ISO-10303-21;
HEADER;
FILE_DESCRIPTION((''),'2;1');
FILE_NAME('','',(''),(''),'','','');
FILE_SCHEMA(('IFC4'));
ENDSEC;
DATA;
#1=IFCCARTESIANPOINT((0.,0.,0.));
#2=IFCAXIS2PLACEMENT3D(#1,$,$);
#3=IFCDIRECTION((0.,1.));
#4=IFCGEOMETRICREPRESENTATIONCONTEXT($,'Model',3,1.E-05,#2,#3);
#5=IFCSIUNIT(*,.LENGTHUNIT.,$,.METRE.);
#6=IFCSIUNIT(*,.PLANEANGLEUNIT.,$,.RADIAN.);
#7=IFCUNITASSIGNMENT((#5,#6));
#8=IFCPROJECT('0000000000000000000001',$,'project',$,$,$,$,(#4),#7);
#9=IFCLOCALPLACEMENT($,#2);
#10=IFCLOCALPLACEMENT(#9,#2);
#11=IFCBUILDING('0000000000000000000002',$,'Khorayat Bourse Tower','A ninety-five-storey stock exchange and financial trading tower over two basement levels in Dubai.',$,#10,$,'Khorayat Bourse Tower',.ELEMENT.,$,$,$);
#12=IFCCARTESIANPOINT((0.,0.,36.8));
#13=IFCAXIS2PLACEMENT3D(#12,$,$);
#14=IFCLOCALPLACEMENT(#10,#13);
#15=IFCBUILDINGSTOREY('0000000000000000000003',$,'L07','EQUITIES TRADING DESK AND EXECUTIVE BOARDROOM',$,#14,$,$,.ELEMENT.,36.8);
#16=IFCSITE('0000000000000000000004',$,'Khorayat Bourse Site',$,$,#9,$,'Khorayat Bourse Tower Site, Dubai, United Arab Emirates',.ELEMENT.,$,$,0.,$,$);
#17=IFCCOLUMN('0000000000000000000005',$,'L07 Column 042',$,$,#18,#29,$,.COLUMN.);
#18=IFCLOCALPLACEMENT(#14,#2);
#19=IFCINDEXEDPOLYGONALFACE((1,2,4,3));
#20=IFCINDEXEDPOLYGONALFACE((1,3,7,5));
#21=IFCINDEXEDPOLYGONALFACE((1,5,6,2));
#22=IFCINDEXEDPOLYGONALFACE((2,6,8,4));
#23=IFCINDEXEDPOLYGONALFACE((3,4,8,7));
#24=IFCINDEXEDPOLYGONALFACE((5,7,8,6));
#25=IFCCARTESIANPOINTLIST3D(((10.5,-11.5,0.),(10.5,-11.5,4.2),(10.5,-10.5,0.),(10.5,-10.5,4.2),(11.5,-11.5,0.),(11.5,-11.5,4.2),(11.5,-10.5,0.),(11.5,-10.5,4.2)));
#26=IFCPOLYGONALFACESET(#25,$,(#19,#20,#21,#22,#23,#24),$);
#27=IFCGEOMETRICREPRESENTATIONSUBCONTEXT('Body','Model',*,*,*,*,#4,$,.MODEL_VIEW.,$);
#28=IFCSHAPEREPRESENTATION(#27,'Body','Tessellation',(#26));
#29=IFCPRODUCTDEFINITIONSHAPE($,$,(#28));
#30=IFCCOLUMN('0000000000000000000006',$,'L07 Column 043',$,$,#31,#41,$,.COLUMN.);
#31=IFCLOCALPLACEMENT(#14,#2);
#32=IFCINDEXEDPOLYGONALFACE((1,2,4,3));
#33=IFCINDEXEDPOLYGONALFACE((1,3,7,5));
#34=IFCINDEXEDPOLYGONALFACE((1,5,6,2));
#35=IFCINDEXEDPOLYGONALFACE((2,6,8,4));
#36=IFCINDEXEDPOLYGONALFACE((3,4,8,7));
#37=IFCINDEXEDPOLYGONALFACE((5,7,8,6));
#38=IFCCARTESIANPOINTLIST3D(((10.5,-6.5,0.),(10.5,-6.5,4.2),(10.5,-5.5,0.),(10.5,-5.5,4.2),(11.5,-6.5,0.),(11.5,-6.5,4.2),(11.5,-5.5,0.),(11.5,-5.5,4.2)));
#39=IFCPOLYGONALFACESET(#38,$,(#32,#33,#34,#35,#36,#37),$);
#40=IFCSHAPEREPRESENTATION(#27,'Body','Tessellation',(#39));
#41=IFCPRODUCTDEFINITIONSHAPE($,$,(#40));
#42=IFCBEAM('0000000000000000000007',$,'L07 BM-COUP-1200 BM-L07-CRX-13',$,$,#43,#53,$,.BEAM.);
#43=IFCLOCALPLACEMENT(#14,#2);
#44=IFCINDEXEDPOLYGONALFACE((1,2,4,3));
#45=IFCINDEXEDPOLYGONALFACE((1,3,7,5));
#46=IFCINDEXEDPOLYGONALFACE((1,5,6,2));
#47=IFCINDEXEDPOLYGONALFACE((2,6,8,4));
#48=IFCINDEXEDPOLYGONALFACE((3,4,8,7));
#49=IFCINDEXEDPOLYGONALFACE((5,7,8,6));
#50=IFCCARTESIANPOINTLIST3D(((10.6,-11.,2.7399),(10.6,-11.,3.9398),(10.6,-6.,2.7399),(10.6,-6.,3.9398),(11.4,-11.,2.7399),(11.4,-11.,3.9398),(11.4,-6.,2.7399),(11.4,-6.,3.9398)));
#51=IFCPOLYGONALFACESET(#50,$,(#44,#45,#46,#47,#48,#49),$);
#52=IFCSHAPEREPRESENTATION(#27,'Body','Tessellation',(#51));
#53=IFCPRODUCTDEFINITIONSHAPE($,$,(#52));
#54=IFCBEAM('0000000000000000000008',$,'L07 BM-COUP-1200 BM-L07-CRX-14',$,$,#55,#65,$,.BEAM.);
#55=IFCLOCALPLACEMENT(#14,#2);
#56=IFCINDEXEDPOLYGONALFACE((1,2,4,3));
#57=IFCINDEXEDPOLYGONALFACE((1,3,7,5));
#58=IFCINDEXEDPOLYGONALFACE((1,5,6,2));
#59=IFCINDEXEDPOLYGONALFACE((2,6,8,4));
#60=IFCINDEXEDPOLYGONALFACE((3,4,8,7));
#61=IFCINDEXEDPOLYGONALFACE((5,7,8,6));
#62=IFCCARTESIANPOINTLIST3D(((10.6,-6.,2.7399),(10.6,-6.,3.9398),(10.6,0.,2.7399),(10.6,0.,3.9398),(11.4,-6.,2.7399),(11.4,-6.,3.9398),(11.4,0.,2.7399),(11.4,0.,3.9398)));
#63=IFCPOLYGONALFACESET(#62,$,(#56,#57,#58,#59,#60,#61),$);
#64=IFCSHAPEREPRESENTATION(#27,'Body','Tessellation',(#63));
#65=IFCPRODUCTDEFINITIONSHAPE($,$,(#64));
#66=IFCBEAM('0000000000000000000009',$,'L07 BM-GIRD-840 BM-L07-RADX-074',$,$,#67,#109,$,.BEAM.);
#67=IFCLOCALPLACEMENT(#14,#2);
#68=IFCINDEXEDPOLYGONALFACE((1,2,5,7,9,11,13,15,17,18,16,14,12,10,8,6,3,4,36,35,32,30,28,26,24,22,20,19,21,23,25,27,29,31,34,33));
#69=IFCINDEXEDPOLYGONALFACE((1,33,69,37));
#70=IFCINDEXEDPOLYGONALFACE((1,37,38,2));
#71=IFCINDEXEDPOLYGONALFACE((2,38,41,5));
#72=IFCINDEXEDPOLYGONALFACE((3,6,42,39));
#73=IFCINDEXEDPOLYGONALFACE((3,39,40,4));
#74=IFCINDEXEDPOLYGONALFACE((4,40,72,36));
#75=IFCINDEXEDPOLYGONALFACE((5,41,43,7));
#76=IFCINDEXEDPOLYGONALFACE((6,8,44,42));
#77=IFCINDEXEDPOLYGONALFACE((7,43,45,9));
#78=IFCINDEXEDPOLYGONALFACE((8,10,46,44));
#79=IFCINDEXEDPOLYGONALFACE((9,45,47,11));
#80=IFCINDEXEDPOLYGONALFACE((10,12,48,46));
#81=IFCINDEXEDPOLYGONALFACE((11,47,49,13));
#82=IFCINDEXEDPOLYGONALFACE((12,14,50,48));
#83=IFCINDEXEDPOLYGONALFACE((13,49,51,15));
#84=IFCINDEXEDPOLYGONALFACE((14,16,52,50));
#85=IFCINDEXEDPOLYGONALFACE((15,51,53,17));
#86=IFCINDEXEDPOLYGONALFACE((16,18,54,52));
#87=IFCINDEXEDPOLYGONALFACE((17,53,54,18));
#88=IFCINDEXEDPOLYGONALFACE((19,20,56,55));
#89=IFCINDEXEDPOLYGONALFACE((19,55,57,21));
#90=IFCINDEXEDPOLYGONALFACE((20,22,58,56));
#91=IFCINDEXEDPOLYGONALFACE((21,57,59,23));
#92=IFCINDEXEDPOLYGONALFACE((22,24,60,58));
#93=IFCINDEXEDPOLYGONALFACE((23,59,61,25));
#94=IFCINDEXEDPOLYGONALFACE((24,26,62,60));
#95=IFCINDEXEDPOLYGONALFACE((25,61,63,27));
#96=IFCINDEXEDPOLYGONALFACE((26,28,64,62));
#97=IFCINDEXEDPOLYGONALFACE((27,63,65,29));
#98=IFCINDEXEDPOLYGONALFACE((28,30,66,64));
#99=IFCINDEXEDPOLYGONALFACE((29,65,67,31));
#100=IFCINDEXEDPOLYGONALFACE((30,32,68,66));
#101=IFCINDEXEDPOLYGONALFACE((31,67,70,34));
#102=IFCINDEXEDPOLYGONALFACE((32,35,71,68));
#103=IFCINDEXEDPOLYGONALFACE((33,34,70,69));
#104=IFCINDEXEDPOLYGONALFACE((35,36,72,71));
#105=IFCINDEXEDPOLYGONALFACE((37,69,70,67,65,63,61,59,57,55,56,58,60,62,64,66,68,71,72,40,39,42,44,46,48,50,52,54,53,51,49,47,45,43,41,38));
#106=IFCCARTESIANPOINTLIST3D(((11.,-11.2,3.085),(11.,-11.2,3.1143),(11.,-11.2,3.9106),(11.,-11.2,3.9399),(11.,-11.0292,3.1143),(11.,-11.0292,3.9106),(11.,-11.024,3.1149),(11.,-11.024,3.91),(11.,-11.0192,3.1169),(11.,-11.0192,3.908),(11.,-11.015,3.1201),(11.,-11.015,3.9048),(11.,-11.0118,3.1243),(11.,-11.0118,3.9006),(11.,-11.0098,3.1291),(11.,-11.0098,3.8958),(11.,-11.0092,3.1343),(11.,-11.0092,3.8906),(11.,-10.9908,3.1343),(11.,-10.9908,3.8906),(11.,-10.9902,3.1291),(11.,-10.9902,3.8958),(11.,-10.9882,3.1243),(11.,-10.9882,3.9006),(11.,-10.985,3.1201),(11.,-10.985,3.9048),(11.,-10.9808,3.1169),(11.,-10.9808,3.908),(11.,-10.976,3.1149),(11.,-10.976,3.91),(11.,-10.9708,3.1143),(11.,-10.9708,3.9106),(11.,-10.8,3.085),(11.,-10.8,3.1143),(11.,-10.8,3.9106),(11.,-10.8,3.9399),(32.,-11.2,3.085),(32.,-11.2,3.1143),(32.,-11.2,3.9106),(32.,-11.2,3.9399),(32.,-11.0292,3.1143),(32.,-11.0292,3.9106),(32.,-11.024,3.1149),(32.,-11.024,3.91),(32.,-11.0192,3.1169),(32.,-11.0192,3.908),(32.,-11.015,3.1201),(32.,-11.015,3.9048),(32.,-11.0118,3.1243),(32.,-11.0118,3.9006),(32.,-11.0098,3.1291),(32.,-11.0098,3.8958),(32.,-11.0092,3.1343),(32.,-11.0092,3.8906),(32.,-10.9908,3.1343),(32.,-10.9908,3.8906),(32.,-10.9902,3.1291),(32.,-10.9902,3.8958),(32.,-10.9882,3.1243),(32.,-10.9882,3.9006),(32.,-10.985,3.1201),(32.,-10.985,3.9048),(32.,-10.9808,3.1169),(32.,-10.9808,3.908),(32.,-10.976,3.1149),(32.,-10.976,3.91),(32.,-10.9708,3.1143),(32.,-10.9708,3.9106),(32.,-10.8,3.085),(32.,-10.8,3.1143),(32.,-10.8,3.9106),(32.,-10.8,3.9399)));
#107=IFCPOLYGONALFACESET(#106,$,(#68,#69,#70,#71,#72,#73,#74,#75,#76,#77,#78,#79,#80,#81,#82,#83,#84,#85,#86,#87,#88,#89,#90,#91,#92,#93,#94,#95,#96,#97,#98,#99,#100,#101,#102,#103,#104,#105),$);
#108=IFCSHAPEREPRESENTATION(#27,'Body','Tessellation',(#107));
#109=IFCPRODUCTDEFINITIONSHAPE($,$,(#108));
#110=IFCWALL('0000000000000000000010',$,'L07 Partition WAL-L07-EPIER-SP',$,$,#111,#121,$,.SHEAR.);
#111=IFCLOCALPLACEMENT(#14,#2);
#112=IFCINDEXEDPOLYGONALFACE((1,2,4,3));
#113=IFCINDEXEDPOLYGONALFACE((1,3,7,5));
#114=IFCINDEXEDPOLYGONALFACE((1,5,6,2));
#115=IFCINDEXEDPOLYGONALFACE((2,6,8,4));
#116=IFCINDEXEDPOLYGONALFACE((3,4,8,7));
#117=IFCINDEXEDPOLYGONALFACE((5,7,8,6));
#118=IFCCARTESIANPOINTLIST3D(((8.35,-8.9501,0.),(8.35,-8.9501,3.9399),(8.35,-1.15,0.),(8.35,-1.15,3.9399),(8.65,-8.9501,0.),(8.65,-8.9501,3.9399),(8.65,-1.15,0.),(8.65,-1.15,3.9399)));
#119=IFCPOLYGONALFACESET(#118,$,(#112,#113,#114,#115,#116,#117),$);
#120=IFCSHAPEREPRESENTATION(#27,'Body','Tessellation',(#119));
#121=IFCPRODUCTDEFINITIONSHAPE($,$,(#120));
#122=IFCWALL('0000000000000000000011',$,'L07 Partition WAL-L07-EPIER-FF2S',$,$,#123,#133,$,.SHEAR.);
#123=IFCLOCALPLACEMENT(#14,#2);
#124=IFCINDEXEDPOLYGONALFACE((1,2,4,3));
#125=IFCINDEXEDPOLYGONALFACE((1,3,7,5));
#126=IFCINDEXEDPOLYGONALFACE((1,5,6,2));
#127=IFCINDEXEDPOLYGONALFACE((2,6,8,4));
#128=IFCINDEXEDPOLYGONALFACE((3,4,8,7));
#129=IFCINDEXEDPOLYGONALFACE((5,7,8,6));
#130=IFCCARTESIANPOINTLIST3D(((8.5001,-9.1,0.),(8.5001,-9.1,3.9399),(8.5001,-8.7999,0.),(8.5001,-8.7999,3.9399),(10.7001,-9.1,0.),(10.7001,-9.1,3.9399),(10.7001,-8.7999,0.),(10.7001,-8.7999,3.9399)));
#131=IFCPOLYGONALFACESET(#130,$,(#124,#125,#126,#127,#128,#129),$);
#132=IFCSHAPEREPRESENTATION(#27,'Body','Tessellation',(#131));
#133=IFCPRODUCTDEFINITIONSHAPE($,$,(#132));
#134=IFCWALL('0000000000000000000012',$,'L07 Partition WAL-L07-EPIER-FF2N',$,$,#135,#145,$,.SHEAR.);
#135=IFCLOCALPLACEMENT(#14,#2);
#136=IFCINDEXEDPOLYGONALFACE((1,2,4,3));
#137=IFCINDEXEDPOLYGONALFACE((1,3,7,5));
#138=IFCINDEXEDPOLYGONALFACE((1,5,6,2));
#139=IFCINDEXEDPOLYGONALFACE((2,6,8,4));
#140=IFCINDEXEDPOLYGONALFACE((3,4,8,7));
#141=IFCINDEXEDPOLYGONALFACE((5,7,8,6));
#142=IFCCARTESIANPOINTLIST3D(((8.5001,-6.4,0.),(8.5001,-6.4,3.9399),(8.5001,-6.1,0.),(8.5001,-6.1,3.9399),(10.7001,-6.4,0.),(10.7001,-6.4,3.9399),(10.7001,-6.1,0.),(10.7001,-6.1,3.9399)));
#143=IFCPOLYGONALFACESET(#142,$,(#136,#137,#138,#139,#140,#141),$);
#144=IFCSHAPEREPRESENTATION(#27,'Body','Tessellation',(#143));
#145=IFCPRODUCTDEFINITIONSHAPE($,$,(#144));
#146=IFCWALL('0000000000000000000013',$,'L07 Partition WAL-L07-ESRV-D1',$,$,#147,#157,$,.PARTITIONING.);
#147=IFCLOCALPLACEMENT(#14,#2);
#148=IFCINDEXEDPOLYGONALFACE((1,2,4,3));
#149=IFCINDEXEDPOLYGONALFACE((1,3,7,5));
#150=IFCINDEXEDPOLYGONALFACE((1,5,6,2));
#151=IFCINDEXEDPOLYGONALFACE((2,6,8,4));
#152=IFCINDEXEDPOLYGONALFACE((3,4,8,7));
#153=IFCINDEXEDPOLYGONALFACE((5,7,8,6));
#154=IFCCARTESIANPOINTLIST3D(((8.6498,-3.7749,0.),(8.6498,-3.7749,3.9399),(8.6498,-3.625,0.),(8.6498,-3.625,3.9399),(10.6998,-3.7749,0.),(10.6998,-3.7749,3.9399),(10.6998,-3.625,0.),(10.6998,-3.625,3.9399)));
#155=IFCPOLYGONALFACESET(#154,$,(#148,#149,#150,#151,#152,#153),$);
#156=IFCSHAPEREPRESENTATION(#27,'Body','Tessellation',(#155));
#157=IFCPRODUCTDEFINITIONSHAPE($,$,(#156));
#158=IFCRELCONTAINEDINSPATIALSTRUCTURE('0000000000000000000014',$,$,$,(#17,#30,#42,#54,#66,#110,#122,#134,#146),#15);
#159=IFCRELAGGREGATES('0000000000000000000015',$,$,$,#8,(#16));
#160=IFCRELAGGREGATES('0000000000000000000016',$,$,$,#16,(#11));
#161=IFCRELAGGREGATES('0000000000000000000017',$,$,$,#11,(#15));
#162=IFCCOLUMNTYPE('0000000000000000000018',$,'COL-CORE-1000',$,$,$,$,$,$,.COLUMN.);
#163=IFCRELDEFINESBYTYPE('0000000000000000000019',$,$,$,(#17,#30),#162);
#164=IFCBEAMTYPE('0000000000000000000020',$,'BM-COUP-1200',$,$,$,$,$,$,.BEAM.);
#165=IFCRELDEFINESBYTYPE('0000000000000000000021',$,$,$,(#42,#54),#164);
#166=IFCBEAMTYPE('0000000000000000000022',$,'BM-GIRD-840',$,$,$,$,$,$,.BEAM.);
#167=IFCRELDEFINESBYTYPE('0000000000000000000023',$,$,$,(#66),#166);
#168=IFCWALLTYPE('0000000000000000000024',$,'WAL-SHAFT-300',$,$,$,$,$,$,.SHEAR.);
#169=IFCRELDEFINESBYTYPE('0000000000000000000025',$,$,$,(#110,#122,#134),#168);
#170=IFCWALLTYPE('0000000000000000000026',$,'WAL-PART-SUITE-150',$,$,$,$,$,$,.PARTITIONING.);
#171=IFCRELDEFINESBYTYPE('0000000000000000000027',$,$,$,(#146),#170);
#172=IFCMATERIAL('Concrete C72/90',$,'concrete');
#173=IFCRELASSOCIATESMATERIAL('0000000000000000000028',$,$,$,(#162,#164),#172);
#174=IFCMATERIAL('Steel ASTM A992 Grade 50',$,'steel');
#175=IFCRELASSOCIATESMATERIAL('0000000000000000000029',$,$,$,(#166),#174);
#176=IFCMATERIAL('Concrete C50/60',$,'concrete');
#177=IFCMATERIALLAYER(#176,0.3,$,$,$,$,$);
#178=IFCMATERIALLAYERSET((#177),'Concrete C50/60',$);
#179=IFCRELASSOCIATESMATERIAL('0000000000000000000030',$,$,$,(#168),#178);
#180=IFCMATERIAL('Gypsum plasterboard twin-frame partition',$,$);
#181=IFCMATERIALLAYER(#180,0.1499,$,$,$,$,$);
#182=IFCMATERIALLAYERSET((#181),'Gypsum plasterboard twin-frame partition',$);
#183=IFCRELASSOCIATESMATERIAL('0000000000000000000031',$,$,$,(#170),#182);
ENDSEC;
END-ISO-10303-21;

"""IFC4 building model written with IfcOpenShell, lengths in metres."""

from ifc_helpers import new_model, si_unit, direction, frame, frame_2d, origin, origin_2d, place, context, subcontext, project, spatial, rectangle, i_section, extrude, source, transform, mapped, material, layer, layer_set, material_profile, profile_set, type_object, element, save


model = new_model("IFC4")

# Units and contexts
model_context = context("Model", 3, precision=1e-05, world=origin(), true_north=direction((0.0, 1.0)))
body_context = subcontext(model_context, "Body", "Model", "MODEL_VIEW")
ifc_project = project(units=[si_unit("LENGTHUNIT", "METRE"), si_unit("PLANEANGLEUNIT", "RADIAN")], contexts=[model_context])

# Site, building, storey
site_placement = place(None, origin())
site = spatial("IfcSite", under=ifc_project, at=site_placement, Name="Khorayat Bourse Site", LongName="Khorayat Bourse Tower Site, Dubai, United Arab Emirates", CompositionType="ELEMENT", RefElevation=0.0)
building_placement = place(site_placement, origin())
building = spatial("IfcBuilding", under=site, at=building_placement, Name="Khorayat Bourse Tower", Description="A ninety-five-storey stock exchange and financial trading tower over two basement levels in Dubai.", LongName="Khorayat Bourse Tower", CompositionType="ELEMENT")
storey_placement = place(building_placement, frame((0.0, 0.0, 36.8)))
storey = spatial("IfcBuildingStorey", under=building, at=storey_placement, Name="L07", Description="EQUITIES TRADING DESK AND EXECUTIVE BOARDROOM", CompositionType="ELEMENT", Elevation=36.8)

# Columns
ifc_material_1 = material(Name="Concrete C72/90", Category="concrete")
ifc_material_profile_1 = material_profile(ifc_material_1, rectangle(XDim=1.0, YDim=1.0, at=origin_2d()), Name="RC 1000x1000")
ifc_profile_set_1 = profile_set([ifc_material_profile_1], Name="Concrete C72/90")
column_type = type_object("IfcColumnType", Name="COL-CORE-1000", PredefinedType="COLUMN", material=ifc_profile_set_1)
shared_shape_1 = source(origin(), body_context, "Body", "SweptSolid", [
    extrude(rectangle(XDim=1.0, YDim=1.0, at=origin_2d()), origin(), (0.0, 0.0, 1.0), 4.2),
])
for number, where, z_axis, x_axis, name in (
    (1, (11.0, -11.0, 0.0), (0.0, 0.0, 1.0), (1.0, 0.0, 0.0), "L07 Column 042"),
    (2, (11.0, -6.0, 0.0), (0.0, 0.0, 1.0), (1.0, 0.0, 0.0), "L07 Column 043"),
):
    element("IfcColumn", number, at=place(storey_placement, frame(where, z_axis=z_axis, x_axis=x_axis)), inside=storey, type_object=column_type, Name=name, PredefinedType="COLUMN", context=body_context, shape_type="MappedRepresentation", body=[
        mapped(shared_shape_1, transform((0.0, 0.0, 0.0), scale=1.0)),
    ])

# Beams
ifc_material_profile_2 = material_profile(ifc_material_1, rectangle(XDim=0.8, YDim=1.2, at=origin_2d()), Name="RC 800x1200")
ifc_profile_set_2 = profile_set([ifc_material_profile_2], Name="Concrete C72/90")
beam_type_1 = type_object("IfcBeamType", Name="BM-COUP-1200", PredefinedType="BEAM", material=ifc_profile_set_2)
shared_shape_2 = source(origin(), body_context, "Body", "SweptSolid", [
    extrude(rectangle(XDim=0.8, YDim=1.2, at=origin_2d()), origin(), (0.0, 0.0, 1.0), 5.0),
])
beam_1_placement = place(storey_placement, frame((11.0, -11.0, 3.3398), z_axis=(0.0, 1.0, 0.0), x_axis=(-1.0, 0.0, 0.0)))
element("IfcBeam", 3, at=beam_1_placement, inside=storey, type_object=beam_type_1, Name="L07 BM-COUP-1200 BM-L07-CRX-13", PredefinedType="BEAM", context=body_context, shape_type="MappedRepresentation", body=[
    mapped(shared_shape_2, transform((0.0, 0.0, 0.0), scale=1.0)),
])
shared_shape_3 = source(origin(), body_context, "Body", "SweptSolid", [
    extrude(rectangle(XDim=0.8, YDim=1.2, at=origin_2d()), origin(), (0.0, 0.0, 1.0), 6.0),
])
beam_2_placement = place(storey_placement, frame((11.0, -6.0, 3.3398), z_axis=(0.0, 1.0, 0.0), x_axis=(-1.0, 0.0, 0.0)))
element("IfcBeam", 4, at=beam_2_placement, inside=storey, type_object=beam_type_1, Name="L07 BM-COUP-1200 BM-L07-CRX-14", PredefinedType="BEAM", context=body_context, shape_type="MappedRepresentation", body=[
    mapped(shared_shape_3, transform((0.0, 0.0, 0.0), scale=1.0)),
])
ifc_material_2 = material(Name="Steel ASTM A992 Grade 50", Category="steel")
ifc_material_profile_3 = material_profile(ifc_material_2, i_section(OverallWidth=0.3999, OverallDepth=0.855, WebThickness=0.0183, FlangeThickness=0.0293, FilletRadius=0.02, at=origin_2d()), Name="W840X299")
ifc_profile_set_3 = profile_set([ifc_material_profile_3], Name="Steel ASTM A992 Grade 50")
beam_type_2 = type_object("IfcBeamType", Name="BM-GIRD-840", PredefinedType="BEAM", material=ifc_profile_set_3)
shared_shape_4 = source(origin(), body_context, "Body", "SweptSolid", [
    extrude(i_section(OverallWidth=0.3999, OverallDepth=0.855, WebThickness=0.0183, FlangeThickness=0.0293, FilletRadius=0.02, at=origin_2d()), origin(), (0.0, 0.0, 1.0), 21.0),
])
beam_3_placement = place(storey_placement, frame((11.0, -11.0, 3.5125), z_axis=(1.0, 0.0, 0.0), x_axis=(0.0, 1.0, 0.0)))
element("IfcBeam", 5, at=beam_3_placement, inside=storey, type_object=beam_type_2, Name="L07 BM-GIRD-840 BM-L07-RADX-074", PredefinedType="BEAM", context=body_context, shape_type="MappedRepresentation", body=[
    mapped(shared_shape_4, transform((0.0, 0.0, 0.0), scale=1.0)),
])

# Walls
ifc_material_3 = material(Name="Concrete C50/60", Category="concrete")
ifc_layer_1 = layer(ifc_material_3, 0.3)
ifc_layer_set_1 = layer_set([ifc_layer_1], Name="Concrete C50/60")
wall_type_1 = type_object("IfcWallType", Name="WAL-SHAFT-300", PredefinedType="SHEAR", material=ifc_layer_set_1)
shared_shape_5 = source(origin(), body_context, "Body", "SweptSolid", [
    extrude(rectangle(XDim=7.8, YDim=0.3, at=frame_2d((3.8999, 0.0))), origin(), (0.0, 0.0, 1.0), 3.9399),
])
wall_1_placement = place(storey_placement, frame((8.5, -8.95, 0.0), z_axis=(0.0, 0.0, 1.0), x_axis=(0.0, 1.0, 0.0)))
element("IfcWall", 6, at=wall_1_placement, inside=storey, type_object=wall_type_1, Name="L07 Partition WAL-L07-EPIER-SP", PredefinedType="SHEAR", context=body_context, shape_type="MappedRepresentation", body=[
    mapped(shared_shape_5, transform((0.0, 0.0, 0.0), scale=1.0)),
])
shared_shape_6 = source(origin(), body_context, "Body", "SweptSolid", [
    extrude(rectangle(XDim=2.2, YDim=0.3, at=frame_2d((1.1001, 0.0))), origin(), (0.0, 0.0, 1.0), 3.9399),
])
for number, where, z_axis, x_axis, name in (
    (7, (8.5, -8.95, 0.0), (0.0, 0.0, 1.0), (1.0, 0.0, 0.0), "L07 Partition WAL-L07-EPIER-FF2S"),
    (8, (8.5, -6.25, 0.0), (0.0, 0.0, 1.0), (1.0, 0.0, 0.0), "L07 Partition WAL-L07-EPIER-FF2N"),
):
    element("IfcWall", number, at=place(storey_placement, frame(where, z_axis=z_axis, x_axis=x_axis)), inside=storey, type_object=wall_type_1, Name=name, PredefinedType="SHEAR", context=body_context, shape_type="MappedRepresentation", body=[
        mapped(shared_shape_6, transform((0.0, 0.0, 0.0), scale=1.0)),
    ])
ifc_material_4 = material(Name="Gypsum plasterboard twin-frame partition")
ifc_layer_2 = layer(ifc_material_4, 0.1499)
ifc_layer_set_2 = layer_set([ifc_layer_2], Name="Gypsum plasterboard twin-frame partition")
wall_type_2 = type_object("IfcWallType", Name="WAL-PART-SUITE-150", PredefinedType="PARTITIONING", material=ifc_layer_set_2)
shared_shape_7 = source(origin(), body_context, "Body", "SweptSolid", [
    extrude(rectangle(XDim=2.05, YDim=0.1499, at=frame_2d((1.0249, 0.0))), origin(), (0.0, 0.0, 1.0), 3.9399),
])
wall_2_placement = place(storey_placement, frame((8.6499, -3.7, 0.0), z_axis=(0.0, 0.0, 1.0), x_axis=(1.0, 0.0, 0.0)))
element("IfcWall", 9, at=wall_2_placement, inside=storey, type_object=wall_type_2, Name="L07 Partition WAL-L07-ESRV-D1", PredefinedType="PARTITIONING", context=body_context, shape_type="MappedRepresentation", body=[
    mapped(shared_shape_7, transform((0.0, 0.0, 0.0), scale=1.0)),
])

save(model, "model.ifc")
